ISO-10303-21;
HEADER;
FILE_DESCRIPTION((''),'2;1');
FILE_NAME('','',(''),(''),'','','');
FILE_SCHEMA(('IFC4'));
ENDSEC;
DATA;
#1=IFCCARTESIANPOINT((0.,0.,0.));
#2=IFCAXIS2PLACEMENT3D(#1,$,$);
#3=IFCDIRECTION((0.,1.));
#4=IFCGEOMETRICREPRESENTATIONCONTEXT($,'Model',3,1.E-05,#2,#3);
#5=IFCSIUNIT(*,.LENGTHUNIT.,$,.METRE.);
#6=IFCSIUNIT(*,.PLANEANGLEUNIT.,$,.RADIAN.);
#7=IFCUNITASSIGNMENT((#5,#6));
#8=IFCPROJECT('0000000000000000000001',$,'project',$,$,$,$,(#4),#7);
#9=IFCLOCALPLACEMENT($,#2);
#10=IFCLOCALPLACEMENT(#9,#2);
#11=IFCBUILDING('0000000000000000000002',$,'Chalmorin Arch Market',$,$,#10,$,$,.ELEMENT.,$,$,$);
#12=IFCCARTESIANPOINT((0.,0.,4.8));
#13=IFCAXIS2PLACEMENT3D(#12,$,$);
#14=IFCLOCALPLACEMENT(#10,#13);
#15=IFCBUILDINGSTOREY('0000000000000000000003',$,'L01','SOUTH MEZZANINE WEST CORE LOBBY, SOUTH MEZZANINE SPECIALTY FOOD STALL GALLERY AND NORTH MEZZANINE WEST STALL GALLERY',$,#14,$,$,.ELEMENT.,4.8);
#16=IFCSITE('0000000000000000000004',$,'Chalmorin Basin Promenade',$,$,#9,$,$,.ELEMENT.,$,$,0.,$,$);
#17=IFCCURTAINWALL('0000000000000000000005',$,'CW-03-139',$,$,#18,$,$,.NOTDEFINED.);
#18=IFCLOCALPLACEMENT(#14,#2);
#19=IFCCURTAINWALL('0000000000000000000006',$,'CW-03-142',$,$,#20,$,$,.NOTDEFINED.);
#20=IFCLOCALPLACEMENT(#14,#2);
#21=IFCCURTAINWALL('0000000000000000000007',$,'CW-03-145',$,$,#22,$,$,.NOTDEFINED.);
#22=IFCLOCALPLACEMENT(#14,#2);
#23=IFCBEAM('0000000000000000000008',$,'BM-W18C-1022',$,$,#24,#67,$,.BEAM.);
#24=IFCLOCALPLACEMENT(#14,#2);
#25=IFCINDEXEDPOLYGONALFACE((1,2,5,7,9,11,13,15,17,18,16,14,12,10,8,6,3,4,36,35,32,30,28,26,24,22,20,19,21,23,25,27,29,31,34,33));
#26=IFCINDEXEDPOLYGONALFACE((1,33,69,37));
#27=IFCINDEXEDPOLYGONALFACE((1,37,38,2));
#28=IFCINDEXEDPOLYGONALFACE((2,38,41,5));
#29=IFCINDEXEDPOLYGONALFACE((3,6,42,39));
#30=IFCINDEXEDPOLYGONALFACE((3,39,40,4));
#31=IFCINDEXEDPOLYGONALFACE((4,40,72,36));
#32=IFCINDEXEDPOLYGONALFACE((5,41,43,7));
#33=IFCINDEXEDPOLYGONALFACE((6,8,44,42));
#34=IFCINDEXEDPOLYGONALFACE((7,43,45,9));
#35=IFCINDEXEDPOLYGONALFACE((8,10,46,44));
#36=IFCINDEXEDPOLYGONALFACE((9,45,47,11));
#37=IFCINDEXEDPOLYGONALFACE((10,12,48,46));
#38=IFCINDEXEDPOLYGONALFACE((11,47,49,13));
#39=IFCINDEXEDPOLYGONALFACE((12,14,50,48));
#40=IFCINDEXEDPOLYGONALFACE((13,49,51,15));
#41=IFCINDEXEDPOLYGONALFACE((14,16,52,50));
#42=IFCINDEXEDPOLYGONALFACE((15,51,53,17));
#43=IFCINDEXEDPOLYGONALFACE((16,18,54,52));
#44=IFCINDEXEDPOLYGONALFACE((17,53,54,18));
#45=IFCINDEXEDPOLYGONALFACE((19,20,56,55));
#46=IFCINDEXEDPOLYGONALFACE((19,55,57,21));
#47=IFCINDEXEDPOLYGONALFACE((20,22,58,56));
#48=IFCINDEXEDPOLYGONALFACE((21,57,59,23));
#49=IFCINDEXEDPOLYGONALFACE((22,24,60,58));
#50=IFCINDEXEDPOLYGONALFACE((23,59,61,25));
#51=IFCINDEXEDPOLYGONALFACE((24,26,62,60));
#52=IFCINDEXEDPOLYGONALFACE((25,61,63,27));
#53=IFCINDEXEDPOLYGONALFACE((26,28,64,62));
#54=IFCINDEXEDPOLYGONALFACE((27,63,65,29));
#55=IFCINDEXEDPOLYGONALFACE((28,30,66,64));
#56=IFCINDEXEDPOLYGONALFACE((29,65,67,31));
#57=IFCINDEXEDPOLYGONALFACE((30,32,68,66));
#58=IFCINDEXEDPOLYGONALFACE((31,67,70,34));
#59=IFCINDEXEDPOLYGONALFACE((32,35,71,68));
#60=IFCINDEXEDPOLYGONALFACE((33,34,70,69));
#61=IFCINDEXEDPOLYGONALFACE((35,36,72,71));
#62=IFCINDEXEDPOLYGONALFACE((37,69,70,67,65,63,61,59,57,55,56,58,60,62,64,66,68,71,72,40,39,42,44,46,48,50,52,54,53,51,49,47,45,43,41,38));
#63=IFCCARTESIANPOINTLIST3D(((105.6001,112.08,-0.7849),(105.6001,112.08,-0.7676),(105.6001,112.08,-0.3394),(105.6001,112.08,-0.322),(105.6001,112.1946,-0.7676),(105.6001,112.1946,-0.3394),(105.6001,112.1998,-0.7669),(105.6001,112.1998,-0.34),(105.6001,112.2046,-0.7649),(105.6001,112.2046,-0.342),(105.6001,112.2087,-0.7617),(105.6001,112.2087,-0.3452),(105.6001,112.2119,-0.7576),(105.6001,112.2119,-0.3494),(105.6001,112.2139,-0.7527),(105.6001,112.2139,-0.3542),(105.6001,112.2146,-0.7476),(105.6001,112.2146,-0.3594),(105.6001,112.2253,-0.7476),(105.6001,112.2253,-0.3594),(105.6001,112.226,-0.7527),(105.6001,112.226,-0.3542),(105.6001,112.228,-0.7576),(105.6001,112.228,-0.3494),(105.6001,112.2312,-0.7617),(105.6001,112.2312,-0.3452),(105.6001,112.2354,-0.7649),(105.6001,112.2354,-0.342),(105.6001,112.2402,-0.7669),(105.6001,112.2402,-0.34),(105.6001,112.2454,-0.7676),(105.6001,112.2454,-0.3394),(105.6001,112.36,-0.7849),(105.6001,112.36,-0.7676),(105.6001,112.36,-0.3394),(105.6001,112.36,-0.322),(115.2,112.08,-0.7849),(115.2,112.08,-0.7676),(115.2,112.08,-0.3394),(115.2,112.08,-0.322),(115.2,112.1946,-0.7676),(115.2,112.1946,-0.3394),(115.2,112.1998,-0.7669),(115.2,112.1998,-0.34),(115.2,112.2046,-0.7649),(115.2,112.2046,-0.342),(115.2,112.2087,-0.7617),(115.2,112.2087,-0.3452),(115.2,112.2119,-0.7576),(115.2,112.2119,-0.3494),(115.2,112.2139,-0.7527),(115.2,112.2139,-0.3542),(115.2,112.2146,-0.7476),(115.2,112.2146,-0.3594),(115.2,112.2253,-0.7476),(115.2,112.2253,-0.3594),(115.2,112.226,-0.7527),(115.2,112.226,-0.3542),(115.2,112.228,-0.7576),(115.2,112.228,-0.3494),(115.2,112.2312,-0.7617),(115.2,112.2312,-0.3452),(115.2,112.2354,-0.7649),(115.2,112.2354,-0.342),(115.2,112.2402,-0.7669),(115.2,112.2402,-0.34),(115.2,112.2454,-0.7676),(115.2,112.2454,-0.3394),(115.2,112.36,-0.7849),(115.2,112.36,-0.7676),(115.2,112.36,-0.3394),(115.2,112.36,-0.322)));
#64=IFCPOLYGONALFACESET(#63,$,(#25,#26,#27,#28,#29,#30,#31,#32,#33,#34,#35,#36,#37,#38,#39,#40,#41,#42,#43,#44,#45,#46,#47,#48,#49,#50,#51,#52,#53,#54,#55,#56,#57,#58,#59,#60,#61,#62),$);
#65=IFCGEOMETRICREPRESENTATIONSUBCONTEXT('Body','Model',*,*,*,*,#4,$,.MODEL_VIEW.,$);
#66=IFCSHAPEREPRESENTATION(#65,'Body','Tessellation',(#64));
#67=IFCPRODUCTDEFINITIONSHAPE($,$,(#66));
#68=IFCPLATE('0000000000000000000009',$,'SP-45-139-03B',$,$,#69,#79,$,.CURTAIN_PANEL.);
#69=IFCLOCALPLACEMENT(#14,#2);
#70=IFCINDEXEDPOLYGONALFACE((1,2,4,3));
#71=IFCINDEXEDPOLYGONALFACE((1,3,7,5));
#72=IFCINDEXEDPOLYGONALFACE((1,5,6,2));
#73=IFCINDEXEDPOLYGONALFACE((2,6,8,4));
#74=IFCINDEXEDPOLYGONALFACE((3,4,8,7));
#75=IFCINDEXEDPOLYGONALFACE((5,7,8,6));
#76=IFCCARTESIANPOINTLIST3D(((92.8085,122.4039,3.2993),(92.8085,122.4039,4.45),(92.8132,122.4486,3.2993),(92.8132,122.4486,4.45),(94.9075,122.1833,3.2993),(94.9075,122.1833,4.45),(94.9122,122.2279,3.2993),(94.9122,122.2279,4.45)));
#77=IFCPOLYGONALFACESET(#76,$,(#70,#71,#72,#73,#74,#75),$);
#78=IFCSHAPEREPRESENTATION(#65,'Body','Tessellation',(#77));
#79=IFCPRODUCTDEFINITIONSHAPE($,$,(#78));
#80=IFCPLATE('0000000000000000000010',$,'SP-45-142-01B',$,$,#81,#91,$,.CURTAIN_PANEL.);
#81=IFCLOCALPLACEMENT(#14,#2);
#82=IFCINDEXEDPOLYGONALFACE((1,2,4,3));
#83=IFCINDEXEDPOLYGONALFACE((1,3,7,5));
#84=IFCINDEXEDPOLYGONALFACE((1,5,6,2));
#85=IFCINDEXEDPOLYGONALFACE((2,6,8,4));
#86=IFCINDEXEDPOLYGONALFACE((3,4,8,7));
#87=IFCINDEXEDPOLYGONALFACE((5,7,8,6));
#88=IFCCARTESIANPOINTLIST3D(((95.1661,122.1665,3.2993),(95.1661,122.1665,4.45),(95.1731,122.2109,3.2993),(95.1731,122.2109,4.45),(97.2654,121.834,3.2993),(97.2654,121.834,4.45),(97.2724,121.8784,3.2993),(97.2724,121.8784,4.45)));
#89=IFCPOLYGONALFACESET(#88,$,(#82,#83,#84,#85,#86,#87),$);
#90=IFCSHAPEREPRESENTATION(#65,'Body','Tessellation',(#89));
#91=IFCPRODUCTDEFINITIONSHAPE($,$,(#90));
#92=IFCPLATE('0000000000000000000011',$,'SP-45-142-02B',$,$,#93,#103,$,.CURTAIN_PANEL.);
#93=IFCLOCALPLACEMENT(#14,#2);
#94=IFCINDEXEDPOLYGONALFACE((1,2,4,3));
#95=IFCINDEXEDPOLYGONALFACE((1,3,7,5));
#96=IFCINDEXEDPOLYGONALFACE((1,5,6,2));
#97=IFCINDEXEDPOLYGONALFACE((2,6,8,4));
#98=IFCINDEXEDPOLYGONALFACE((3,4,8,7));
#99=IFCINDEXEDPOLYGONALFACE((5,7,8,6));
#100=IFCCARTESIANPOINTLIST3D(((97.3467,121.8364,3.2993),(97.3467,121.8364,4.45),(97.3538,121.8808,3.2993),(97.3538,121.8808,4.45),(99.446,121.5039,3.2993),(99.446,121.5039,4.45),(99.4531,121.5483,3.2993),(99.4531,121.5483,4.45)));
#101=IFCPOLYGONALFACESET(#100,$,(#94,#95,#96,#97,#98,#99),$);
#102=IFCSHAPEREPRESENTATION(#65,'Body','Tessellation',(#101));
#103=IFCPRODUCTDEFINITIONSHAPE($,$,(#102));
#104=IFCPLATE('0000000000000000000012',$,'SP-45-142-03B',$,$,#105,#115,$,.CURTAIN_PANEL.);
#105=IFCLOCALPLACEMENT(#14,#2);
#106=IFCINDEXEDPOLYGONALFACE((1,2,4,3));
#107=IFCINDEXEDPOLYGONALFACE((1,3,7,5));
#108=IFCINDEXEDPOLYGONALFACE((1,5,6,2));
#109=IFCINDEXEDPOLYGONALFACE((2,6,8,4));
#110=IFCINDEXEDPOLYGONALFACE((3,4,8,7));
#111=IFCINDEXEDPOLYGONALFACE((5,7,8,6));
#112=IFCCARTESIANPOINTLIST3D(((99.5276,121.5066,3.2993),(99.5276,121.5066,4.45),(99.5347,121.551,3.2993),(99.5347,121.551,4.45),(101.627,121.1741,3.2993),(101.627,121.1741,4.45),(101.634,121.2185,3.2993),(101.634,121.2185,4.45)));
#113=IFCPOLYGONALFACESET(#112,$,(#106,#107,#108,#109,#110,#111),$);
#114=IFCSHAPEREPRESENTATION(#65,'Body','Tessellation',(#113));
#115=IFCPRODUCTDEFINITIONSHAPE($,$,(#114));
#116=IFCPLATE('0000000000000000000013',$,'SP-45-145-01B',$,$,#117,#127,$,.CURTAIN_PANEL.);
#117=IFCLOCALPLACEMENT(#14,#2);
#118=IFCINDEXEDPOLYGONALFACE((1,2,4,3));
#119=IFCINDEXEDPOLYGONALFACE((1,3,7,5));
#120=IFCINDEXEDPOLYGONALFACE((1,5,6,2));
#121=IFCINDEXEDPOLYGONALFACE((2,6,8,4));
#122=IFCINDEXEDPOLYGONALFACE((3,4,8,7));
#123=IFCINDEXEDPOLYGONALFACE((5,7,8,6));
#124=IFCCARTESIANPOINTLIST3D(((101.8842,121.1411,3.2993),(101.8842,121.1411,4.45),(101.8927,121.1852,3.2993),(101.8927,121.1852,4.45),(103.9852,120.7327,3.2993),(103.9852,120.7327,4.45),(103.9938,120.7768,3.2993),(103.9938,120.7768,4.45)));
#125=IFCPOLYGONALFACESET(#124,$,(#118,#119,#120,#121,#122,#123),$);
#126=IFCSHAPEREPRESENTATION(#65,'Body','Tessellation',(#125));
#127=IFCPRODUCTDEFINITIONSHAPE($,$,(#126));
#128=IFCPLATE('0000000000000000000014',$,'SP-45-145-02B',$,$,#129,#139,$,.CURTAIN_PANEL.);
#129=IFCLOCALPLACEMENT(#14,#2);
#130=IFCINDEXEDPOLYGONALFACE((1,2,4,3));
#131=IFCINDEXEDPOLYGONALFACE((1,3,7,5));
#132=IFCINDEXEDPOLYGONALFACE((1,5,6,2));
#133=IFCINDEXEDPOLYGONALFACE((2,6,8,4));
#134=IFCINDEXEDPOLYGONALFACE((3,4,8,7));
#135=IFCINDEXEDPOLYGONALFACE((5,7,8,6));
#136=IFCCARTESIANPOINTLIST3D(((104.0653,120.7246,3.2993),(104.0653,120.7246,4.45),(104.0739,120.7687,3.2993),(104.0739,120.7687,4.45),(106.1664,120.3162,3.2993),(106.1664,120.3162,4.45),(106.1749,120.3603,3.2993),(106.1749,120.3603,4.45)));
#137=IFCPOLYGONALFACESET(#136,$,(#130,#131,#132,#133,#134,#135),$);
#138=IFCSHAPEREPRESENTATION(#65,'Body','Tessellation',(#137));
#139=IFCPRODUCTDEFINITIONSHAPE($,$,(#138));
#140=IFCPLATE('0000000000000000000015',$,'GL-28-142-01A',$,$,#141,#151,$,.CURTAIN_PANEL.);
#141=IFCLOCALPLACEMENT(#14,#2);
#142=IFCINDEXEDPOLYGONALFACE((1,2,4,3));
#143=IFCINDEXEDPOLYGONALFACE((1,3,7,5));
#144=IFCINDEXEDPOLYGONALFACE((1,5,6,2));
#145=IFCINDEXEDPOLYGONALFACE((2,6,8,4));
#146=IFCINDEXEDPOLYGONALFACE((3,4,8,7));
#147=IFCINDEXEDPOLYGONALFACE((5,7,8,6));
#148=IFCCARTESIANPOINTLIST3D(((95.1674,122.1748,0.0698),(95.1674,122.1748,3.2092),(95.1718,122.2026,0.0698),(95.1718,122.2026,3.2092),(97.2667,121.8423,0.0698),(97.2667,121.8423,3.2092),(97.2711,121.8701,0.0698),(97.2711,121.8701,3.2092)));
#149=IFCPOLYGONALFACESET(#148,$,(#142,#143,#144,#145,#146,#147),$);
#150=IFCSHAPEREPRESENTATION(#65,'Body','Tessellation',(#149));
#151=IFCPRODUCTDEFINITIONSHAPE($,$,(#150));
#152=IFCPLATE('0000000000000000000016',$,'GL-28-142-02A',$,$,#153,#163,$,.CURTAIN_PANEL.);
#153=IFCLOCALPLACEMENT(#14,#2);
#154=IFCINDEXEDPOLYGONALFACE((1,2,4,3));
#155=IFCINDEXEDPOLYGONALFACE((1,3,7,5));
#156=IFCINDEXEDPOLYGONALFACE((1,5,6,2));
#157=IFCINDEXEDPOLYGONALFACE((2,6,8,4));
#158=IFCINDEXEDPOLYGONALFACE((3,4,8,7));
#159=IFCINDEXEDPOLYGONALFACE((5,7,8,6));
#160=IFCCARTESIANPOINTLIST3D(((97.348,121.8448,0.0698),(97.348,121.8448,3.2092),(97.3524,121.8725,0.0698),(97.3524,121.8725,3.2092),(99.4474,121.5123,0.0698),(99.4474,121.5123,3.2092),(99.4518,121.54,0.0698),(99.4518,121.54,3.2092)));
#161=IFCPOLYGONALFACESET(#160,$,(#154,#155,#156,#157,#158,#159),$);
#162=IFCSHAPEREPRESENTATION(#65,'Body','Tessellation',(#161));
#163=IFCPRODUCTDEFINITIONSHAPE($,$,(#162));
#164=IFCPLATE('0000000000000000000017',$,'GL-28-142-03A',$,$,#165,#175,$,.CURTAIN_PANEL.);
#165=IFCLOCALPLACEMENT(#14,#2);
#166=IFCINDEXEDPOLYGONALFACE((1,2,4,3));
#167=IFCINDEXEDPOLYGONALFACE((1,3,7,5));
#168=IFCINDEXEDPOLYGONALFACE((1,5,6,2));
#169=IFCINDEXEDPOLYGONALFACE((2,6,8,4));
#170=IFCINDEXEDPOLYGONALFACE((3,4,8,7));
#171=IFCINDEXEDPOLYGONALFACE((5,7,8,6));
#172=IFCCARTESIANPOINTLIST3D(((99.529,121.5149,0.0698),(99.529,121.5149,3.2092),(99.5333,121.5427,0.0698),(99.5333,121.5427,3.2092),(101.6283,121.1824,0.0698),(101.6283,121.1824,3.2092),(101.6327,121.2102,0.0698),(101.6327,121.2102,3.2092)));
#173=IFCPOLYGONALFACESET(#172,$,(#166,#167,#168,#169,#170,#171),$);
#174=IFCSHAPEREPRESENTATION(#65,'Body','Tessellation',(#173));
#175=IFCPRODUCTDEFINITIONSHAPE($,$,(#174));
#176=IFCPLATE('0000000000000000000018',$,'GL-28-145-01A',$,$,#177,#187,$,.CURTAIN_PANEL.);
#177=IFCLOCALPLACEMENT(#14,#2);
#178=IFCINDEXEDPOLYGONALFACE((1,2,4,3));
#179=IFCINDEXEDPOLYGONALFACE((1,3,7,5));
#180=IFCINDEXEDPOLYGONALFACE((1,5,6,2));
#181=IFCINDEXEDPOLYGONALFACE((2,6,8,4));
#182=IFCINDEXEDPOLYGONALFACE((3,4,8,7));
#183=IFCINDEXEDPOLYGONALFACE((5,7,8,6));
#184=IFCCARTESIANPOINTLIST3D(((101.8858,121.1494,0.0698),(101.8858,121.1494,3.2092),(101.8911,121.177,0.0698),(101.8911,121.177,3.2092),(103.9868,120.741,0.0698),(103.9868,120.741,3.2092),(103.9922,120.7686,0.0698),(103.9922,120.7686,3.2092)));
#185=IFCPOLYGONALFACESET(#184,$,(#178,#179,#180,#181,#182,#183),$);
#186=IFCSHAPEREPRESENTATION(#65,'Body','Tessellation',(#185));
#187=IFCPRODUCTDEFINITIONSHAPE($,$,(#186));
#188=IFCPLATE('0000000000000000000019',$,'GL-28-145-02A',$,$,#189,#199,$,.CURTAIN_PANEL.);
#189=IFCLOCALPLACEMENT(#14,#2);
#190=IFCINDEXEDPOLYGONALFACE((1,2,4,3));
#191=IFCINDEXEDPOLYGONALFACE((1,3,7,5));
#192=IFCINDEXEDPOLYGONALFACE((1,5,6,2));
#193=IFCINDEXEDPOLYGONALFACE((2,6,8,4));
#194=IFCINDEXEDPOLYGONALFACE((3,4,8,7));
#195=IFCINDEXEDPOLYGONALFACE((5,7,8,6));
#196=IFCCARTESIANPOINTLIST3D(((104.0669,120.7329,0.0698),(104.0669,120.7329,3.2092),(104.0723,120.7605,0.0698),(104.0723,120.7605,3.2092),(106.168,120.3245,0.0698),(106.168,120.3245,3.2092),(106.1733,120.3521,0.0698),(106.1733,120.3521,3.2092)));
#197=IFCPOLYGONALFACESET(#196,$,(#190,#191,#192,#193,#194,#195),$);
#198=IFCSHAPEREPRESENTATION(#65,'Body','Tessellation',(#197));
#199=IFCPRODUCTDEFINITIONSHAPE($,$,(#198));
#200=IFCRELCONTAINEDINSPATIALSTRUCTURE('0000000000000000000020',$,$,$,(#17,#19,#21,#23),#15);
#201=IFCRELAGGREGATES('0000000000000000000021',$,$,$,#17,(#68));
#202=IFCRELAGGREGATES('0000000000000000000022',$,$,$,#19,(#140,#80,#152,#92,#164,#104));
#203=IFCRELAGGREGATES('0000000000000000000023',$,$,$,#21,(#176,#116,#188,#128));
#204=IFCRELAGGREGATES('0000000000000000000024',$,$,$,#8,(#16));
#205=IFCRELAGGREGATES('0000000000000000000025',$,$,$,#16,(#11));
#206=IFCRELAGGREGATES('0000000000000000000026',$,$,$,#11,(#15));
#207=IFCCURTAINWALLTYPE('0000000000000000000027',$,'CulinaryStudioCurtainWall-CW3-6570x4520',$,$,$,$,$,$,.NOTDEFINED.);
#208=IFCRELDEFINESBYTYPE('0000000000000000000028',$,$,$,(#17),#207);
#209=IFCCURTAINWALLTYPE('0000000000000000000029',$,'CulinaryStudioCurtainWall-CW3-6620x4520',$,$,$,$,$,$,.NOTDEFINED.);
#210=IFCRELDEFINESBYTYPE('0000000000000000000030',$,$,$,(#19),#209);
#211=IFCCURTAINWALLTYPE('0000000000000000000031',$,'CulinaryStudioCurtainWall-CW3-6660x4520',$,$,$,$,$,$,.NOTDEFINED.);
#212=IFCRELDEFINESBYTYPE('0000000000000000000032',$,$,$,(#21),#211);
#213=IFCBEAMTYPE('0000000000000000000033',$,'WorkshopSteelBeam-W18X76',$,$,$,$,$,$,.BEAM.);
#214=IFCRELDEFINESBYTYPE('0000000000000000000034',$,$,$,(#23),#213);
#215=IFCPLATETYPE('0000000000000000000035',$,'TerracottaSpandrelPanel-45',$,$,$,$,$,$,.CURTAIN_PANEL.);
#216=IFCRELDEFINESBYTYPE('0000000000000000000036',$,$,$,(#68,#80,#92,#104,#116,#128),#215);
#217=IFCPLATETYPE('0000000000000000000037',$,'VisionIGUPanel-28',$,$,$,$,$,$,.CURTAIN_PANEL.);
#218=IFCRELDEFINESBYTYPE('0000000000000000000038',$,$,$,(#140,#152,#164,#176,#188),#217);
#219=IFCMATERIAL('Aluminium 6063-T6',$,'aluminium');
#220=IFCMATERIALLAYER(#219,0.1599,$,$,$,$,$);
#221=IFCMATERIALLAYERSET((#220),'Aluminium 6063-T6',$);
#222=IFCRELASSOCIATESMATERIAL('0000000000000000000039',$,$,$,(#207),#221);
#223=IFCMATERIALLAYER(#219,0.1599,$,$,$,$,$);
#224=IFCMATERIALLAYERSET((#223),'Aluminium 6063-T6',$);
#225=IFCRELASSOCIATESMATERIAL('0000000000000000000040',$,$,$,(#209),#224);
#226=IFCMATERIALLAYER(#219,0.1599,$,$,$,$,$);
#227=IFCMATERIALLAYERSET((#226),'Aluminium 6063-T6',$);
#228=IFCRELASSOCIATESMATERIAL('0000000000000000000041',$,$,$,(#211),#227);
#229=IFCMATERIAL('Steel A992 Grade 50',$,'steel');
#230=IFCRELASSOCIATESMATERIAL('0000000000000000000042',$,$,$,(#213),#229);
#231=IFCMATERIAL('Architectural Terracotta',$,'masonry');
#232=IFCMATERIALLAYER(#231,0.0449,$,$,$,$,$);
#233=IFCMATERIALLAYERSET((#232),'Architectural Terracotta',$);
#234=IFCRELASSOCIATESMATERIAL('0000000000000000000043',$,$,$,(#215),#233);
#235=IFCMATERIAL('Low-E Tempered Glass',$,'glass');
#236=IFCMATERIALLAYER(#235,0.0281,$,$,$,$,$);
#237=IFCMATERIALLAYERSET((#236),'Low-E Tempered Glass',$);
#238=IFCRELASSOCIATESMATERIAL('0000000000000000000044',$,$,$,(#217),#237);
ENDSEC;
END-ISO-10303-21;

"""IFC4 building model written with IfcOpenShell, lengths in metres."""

from ifc_helpers import new_model, si_unit, direction, frame, origin, origin_2d, place, context, subcontext, project, spatial, rectangle, i_section, extrude, material, layer, layer_set, material_profile, profile_set, type_object, element, aggregate, save


model = new_model("IFC4")

# Units and contexts
model_context = context("Model", 3, precision=1e-05, world=origin(), true_north=direction((0.0, 1.0)))
body_context = subcontext(model_context, "Body", "Model", "MODEL_VIEW")
ifc_project = project(units=[si_unit("LENGTHUNIT", "METRE"), si_unit("PLANEANGLEUNIT", "RADIAN")], contexts=[model_context])

# Site, building, storey
site_placement = place(None, origin())
site = spatial("IfcSite", under=ifc_project, at=site_placement, Name="Chalmorin Basin Promenade", CompositionType="ELEMENT", RefElevation=0.0)
building_placement = place(site_placement, origin())
building = spatial("IfcBuilding", under=site, at=building_placement, Name="Chalmorin Arch Market", CompositionType="ELEMENT")
storey_placement = place(building_placement, frame((0.0, 0.0, 4.8)))
storey = spatial("IfcBuildingStorey", under=building, at=storey_placement, Name="L01", Description="SOUTH MEZZANINE WEST CORE LOBBY, SOUTH MEZZANINE SPECIALTY FOOD STALL GALLERY AND NORTH MEZZANINE WEST STALL GALLERY", CompositionType="ELEMENT", Elevation=4.8)

# Curtain wall
ifc_material_1 = material(Name="Aluminium 6063-T6", Category="aluminium")
ifc_layer_1 = layer(ifc_material_1, 0.1599)
ifc_layer_set_1 = layer_set([ifc_layer_1], Name="Aluminium 6063-T6")
curtain_wall_type_1 = type_object("IfcCurtainWallType", Name="CulinaryStudioCurtainWall-CW3-6570x4520", PredefinedType="NOTDEFINED", material=ifc_layer_set_1)
curtain_wall_1_placement = place(storey_placement, origin())
curtain_wall_1 = element("IfcCurtainWall", 1, at=curtain_wall_1_placement, inside=storey, type_object=curtain_wall_type_1, Name="CW-03-139", PredefinedType="NOTDEFINED")

# Curtain walls
ifc_layer_2 = layer(ifc_material_1, 0.1599)
ifc_layer_set_2 = layer_set([ifc_layer_2], Name="Aluminium 6063-T6")
curtain_wall_type_2 = type_object("IfcCurtainWallType", Name="CulinaryStudioCurtainWall-CW3-6620x4520", PredefinedType="NOTDEFINED", material=ifc_layer_set_2)
curtain_wall_2_placement = place(storey_placement, origin())
curtain_wall_2 = element("IfcCurtainWall", 2, at=curtain_wall_2_placement, inside=storey, type_object=curtain_wall_type_2, Name="CW-03-142", PredefinedType="NOTDEFINED")
ifc_layer_3 = layer(ifc_material_1, 0.1599)
ifc_layer_set_3 = layer_set([ifc_layer_3], Name="Aluminium 6063-T6")
curtain_wall_type_3 = type_object("IfcCurtainWallType", Name="CulinaryStudioCurtainWall-CW3-6660x4520", PredefinedType="NOTDEFINED", material=ifc_layer_set_3)
curtain_wall_3_placement = place(storey_placement, origin())
curtain_wall_3 = element("IfcCurtainWall", 3, at=curtain_wall_3_placement, inside=storey, type_object=curtain_wall_type_3, Name="CW-03-145", PredefinedType="NOTDEFINED")

# Beam
ifc_material_2 = material(Name="Steel A992 Grade 50", Category="steel")
ifc_material_profile_1 = material_profile(ifc_material_2, i_section(OverallWidth=0.28, OverallDepth=0.4629, WebThickness=0.0107, FlangeThickness=0.0173, FilletRadius=0.02, at=origin_2d()), Name="W18X76")
ifc_profile_set_1 = profile_set([ifc_material_profile_1], Name="Steel A992 Grade 50")
beam_type_1 = type_object("IfcBeamType", Name="WorkshopSteelBeam-W18X76", PredefinedType="BEAM", material=ifc_profile_set_1)
beam_1_placement = place(storey_placement, frame((105.6001, 112.22, -0.5535), z_axis=(1.0, 0.0, 0.0), x_axis=(0.0, 1.0, 0.0)))
element("IfcBeam", 4, at=beam_1_placement, inside=storey, type_object=beam_type_1, Name="BM-W18C-1022", PredefinedType="BEAM", context=body_context, shape_type="SweptSolid", body=[
    extrude(i_section(OverallWidth=0.28, OverallDepth=0.4629, WebThickness=0.0107, FlangeThickness=0.0173, FilletRadius=0.02, at=origin_2d()), origin(), (0.0, 0.0, 1.0), 9.5999),
])

# Plates
ifc_material_3 = material(Name="Architectural Terracotta", Category="masonry")
ifc_layer_4 = layer(ifc_material_3, 0.0449)
ifc_layer_set_4 = layer_set([ifc_layer_4], Name="Architectural Terracotta")
plate_type_1 = type_object("IfcPlateType", Name="TerracottaSpandrelPanel-45", PredefinedType="CURTAIN_PANEL", material=ifc_layer_set_4)
plate_1_placement = place(storey_placement, frame((93.8604, 122.3159, 3.2993), z_axis=(0.0, 0.0, 1.0), x_axis=(0.994522, -0.104528, 0.0)))
plate_1 = element("IfcPlate", 5, at=plate_1_placement, type_object=plate_type_1, Name="SP-45-139-03B", PredefinedType="CURTAIN_PANEL", context=body_context, shape_type="SweptSolid", body=[
    extrude(rectangle(XDim=2.1106, YDim=0.0449, at=origin_2d()), origin(), (0.0, 0.0, 1.0), 1.1506),
])
aggregate(curtain_wall_1, [plate_1])
plate_2_placement = place(storey_placement, frame((96.2192, 122.0225, 3.2993), z_axis=(0.0, 0.0, 1.0), x_axis=(0.987688, -0.156434, 0.0)))
plate_2 = element("IfcPlate", 6, at=plate_2_placement, type_object=plate_type_1, Name="SP-45-142-01B", PredefinedType="CURTAIN_PANEL", context=body_context, shape_type="SweptSolid", body=[
    extrude(rectangle(XDim=2.1255, YDim=0.0449, at=origin_2d()), origin(), (0.0, 0.0, 1.0), 1.1506),
])
plate_3_placement = place(storey_placement, frame((98.3999, 121.6924, 3.2993), z_axis=(0.0, 0.0, 1.0), x_axis=(0.987688, -0.156434, 0.0)))
plate_3 = element("IfcPlate", 7, at=plate_3_placement, type_object=plate_type_1, Name="SP-45-142-02B", PredefinedType="CURTAIN_PANEL", context=body_context, shape_type="SweptSolid", body=[
    extrude(rectangle(XDim=2.1255, YDim=0.0449, at=origin_2d()), origin(), (0.0, 0.0, 1.0), 1.1506),
])
plate_4_placement = place(storey_placement, frame((100.5808, 121.3625, 3.2993), z_axis=(0.0, 0.0, 1.0), x_axis=(0.987688, -0.156434, 0.0)))
plate_4 = element("IfcPlate", 8, at=plate_4_placement, type_object=plate_type_1, Name="SP-45-142-03B", PredefinedType="CURTAIN_PANEL", context=body_context, shape_type="SweptSolid", body=[
    extrude(rectangle(XDim=2.1255, YDim=0.0449, at=origin_2d()), origin(), (0.0, 0.0, 1.0), 1.1506),
])
plate_5_placement = place(storey_placement, frame((102.939, 120.959, 3.2993), z_axis=(0.0, 0.0, 1.0), x_axis=(0.981627, -0.190809, 0.0)))
plate_5 = element("IfcPlate", 9, at=plate_5_placement, type_object=plate_type_1, Name="SP-45-145-01B", PredefinedType="CURTAIN_PANEL", context=body_context, shape_type="SweptSolid", body=[
    extrude(rectangle(XDim=2.1404, YDim=0.0449, at=origin_2d()), origin(), (0.0, 0.0, 1.0), 1.1506),
])
plate_6_placement = place(storey_placement, frame((105.1201, 120.5425, 3.2993), z_axis=(0.0, 0.0, 1.0), x_axis=(0.981627, -0.190809, 0.0)))
plate_6 = element("IfcPlate", 10, at=plate_6_placement, type_object=plate_type_1, Name="SP-45-145-02B", PredefinedType="CURTAIN_PANEL", context=body_context, shape_type="SweptSolid", body=[
    extrude(rectangle(XDim=2.1404, YDim=0.0449, at=origin_2d()), origin(), (0.0, 0.0, 1.0), 1.1506),
])
ifc_material_4 = material(Name="Low-E Tempered Glass", Category="glass")
ifc_layer_5 = layer(ifc_material_4, 0.0281)
ifc_layer_set_5 = layer_set([ifc_layer_5], Name="Low-E Tempered Glass")
plate_type_2 = type_object("IfcPlateType", Name="VisionIGUPanel-28", PredefinedType="CURTAIN_PANEL", material=ifc_layer_set_5)
plate_7_placement = place(storey_placement, frame((96.2192, 122.0225, 0.0698), z_axis=(0.0, 0.0, 1.0), x_axis=(0.987688, -0.156434, 0.0)))
plate_7 = element("IfcPlate", 11, at=plate_7_placement, type_object=plate_type_2, Name="GL-28-142-01A", PredefinedType="CURTAIN_PANEL", context=body_context, shape_type="SweptSolid", body=[
    extrude(rectangle(XDim=2.1255, YDim=0.0281, at=origin_2d()), origin(), (0.0, 0.0, 1.0), 3.1394),
])
plate_8_placement = place(storey_placement, frame((98.3999, 121.6924, 0.0698), z_axis=(0.0, 0.0, 1.0), x_axis=(0.987688, -0.156434, 0.0)))
plate_8 = element("IfcPlate", 12, at=plate_8_placement, type_object=plate_type_2, Name="GL-28-142-02A", PredefinedType="CURTAIN_PANEL", context=body_context, shape_type="SweptSolid", body=[
    extrude(rectangle(XDim=2.1255, YDim=0.0281, at=origin_2d()), origin(), (0.0, 0.0, 1.0), 3.1394),
])
plate_9_placement = place(storey_placement, frame((100.5808, 121.3625, 0.0698), z_axis=(0.0, 0.0, 1.0), x_axis=(0.987688, -0.156434, 0.0)))
plate_9 = element("IfcPlate", 13, at=plate_9_placement, type_object=plate_type_2, Name="GL-28-142-03A", PredefinedType="CURTAIN_PANEL", context=body_context, shape_type="SweptSolid", body=[
    extrude(rectangle(XDim=2.1255, YDim=0.0281, at=origin_2d()), origin(), (0.0, 0.0, 1.0), 3.1394),
])
aggregate(curtain_wall_2, [plate_7, plate_2, plate_8, plate_3, plate_9, plate_4])
plate_10_placement = place(storey_placement, frame((102.939, 120.959, 0.0698), z_axis=(0.0, 0.0, 1.0), x_axis=(0.981627, -0.190809, 0.0)))
plate_10 = element("IfcPlate", 14, at=plate_10_placement, type_object=plate_type_2, Name="GL-28-145-01A", PredefinedType="CURTAIN_PANEL", context=body_context, shape_type="SweptSolid", body=[
    extrude(rectangle(XDim=2.1404, YDim=0.0281, at=origin_2d()), origin(), (0.0, 0.0, 1.0), 3.1394),
])
plate_11_placement = place(storey_placement, frame((105.1201, 120.5425, 0.0698), z_axis=(0.0, 0.0, 1.0), x_axis=(0.981627, -0.190809, 0.0)))
plate_11 = element("IfcPlate", 15, at=plate_11_placement, type_object=plate_type_2, Name="GL-28-145-02A", PredefinedType="CURTAIN_PANEL", context=body_context, shape_type="SweptSolid", body=[
    extrude(rectangle(XDim=2.1404, YDim=0.0281, at=origin_2d()), origin(), (0.0, 0.0, 1.0), 3.1394),
])
aggregate(curtain_wall_3, [plate_10, plate_5, plate_11, plate_6])

save(model, "model.ifc")
